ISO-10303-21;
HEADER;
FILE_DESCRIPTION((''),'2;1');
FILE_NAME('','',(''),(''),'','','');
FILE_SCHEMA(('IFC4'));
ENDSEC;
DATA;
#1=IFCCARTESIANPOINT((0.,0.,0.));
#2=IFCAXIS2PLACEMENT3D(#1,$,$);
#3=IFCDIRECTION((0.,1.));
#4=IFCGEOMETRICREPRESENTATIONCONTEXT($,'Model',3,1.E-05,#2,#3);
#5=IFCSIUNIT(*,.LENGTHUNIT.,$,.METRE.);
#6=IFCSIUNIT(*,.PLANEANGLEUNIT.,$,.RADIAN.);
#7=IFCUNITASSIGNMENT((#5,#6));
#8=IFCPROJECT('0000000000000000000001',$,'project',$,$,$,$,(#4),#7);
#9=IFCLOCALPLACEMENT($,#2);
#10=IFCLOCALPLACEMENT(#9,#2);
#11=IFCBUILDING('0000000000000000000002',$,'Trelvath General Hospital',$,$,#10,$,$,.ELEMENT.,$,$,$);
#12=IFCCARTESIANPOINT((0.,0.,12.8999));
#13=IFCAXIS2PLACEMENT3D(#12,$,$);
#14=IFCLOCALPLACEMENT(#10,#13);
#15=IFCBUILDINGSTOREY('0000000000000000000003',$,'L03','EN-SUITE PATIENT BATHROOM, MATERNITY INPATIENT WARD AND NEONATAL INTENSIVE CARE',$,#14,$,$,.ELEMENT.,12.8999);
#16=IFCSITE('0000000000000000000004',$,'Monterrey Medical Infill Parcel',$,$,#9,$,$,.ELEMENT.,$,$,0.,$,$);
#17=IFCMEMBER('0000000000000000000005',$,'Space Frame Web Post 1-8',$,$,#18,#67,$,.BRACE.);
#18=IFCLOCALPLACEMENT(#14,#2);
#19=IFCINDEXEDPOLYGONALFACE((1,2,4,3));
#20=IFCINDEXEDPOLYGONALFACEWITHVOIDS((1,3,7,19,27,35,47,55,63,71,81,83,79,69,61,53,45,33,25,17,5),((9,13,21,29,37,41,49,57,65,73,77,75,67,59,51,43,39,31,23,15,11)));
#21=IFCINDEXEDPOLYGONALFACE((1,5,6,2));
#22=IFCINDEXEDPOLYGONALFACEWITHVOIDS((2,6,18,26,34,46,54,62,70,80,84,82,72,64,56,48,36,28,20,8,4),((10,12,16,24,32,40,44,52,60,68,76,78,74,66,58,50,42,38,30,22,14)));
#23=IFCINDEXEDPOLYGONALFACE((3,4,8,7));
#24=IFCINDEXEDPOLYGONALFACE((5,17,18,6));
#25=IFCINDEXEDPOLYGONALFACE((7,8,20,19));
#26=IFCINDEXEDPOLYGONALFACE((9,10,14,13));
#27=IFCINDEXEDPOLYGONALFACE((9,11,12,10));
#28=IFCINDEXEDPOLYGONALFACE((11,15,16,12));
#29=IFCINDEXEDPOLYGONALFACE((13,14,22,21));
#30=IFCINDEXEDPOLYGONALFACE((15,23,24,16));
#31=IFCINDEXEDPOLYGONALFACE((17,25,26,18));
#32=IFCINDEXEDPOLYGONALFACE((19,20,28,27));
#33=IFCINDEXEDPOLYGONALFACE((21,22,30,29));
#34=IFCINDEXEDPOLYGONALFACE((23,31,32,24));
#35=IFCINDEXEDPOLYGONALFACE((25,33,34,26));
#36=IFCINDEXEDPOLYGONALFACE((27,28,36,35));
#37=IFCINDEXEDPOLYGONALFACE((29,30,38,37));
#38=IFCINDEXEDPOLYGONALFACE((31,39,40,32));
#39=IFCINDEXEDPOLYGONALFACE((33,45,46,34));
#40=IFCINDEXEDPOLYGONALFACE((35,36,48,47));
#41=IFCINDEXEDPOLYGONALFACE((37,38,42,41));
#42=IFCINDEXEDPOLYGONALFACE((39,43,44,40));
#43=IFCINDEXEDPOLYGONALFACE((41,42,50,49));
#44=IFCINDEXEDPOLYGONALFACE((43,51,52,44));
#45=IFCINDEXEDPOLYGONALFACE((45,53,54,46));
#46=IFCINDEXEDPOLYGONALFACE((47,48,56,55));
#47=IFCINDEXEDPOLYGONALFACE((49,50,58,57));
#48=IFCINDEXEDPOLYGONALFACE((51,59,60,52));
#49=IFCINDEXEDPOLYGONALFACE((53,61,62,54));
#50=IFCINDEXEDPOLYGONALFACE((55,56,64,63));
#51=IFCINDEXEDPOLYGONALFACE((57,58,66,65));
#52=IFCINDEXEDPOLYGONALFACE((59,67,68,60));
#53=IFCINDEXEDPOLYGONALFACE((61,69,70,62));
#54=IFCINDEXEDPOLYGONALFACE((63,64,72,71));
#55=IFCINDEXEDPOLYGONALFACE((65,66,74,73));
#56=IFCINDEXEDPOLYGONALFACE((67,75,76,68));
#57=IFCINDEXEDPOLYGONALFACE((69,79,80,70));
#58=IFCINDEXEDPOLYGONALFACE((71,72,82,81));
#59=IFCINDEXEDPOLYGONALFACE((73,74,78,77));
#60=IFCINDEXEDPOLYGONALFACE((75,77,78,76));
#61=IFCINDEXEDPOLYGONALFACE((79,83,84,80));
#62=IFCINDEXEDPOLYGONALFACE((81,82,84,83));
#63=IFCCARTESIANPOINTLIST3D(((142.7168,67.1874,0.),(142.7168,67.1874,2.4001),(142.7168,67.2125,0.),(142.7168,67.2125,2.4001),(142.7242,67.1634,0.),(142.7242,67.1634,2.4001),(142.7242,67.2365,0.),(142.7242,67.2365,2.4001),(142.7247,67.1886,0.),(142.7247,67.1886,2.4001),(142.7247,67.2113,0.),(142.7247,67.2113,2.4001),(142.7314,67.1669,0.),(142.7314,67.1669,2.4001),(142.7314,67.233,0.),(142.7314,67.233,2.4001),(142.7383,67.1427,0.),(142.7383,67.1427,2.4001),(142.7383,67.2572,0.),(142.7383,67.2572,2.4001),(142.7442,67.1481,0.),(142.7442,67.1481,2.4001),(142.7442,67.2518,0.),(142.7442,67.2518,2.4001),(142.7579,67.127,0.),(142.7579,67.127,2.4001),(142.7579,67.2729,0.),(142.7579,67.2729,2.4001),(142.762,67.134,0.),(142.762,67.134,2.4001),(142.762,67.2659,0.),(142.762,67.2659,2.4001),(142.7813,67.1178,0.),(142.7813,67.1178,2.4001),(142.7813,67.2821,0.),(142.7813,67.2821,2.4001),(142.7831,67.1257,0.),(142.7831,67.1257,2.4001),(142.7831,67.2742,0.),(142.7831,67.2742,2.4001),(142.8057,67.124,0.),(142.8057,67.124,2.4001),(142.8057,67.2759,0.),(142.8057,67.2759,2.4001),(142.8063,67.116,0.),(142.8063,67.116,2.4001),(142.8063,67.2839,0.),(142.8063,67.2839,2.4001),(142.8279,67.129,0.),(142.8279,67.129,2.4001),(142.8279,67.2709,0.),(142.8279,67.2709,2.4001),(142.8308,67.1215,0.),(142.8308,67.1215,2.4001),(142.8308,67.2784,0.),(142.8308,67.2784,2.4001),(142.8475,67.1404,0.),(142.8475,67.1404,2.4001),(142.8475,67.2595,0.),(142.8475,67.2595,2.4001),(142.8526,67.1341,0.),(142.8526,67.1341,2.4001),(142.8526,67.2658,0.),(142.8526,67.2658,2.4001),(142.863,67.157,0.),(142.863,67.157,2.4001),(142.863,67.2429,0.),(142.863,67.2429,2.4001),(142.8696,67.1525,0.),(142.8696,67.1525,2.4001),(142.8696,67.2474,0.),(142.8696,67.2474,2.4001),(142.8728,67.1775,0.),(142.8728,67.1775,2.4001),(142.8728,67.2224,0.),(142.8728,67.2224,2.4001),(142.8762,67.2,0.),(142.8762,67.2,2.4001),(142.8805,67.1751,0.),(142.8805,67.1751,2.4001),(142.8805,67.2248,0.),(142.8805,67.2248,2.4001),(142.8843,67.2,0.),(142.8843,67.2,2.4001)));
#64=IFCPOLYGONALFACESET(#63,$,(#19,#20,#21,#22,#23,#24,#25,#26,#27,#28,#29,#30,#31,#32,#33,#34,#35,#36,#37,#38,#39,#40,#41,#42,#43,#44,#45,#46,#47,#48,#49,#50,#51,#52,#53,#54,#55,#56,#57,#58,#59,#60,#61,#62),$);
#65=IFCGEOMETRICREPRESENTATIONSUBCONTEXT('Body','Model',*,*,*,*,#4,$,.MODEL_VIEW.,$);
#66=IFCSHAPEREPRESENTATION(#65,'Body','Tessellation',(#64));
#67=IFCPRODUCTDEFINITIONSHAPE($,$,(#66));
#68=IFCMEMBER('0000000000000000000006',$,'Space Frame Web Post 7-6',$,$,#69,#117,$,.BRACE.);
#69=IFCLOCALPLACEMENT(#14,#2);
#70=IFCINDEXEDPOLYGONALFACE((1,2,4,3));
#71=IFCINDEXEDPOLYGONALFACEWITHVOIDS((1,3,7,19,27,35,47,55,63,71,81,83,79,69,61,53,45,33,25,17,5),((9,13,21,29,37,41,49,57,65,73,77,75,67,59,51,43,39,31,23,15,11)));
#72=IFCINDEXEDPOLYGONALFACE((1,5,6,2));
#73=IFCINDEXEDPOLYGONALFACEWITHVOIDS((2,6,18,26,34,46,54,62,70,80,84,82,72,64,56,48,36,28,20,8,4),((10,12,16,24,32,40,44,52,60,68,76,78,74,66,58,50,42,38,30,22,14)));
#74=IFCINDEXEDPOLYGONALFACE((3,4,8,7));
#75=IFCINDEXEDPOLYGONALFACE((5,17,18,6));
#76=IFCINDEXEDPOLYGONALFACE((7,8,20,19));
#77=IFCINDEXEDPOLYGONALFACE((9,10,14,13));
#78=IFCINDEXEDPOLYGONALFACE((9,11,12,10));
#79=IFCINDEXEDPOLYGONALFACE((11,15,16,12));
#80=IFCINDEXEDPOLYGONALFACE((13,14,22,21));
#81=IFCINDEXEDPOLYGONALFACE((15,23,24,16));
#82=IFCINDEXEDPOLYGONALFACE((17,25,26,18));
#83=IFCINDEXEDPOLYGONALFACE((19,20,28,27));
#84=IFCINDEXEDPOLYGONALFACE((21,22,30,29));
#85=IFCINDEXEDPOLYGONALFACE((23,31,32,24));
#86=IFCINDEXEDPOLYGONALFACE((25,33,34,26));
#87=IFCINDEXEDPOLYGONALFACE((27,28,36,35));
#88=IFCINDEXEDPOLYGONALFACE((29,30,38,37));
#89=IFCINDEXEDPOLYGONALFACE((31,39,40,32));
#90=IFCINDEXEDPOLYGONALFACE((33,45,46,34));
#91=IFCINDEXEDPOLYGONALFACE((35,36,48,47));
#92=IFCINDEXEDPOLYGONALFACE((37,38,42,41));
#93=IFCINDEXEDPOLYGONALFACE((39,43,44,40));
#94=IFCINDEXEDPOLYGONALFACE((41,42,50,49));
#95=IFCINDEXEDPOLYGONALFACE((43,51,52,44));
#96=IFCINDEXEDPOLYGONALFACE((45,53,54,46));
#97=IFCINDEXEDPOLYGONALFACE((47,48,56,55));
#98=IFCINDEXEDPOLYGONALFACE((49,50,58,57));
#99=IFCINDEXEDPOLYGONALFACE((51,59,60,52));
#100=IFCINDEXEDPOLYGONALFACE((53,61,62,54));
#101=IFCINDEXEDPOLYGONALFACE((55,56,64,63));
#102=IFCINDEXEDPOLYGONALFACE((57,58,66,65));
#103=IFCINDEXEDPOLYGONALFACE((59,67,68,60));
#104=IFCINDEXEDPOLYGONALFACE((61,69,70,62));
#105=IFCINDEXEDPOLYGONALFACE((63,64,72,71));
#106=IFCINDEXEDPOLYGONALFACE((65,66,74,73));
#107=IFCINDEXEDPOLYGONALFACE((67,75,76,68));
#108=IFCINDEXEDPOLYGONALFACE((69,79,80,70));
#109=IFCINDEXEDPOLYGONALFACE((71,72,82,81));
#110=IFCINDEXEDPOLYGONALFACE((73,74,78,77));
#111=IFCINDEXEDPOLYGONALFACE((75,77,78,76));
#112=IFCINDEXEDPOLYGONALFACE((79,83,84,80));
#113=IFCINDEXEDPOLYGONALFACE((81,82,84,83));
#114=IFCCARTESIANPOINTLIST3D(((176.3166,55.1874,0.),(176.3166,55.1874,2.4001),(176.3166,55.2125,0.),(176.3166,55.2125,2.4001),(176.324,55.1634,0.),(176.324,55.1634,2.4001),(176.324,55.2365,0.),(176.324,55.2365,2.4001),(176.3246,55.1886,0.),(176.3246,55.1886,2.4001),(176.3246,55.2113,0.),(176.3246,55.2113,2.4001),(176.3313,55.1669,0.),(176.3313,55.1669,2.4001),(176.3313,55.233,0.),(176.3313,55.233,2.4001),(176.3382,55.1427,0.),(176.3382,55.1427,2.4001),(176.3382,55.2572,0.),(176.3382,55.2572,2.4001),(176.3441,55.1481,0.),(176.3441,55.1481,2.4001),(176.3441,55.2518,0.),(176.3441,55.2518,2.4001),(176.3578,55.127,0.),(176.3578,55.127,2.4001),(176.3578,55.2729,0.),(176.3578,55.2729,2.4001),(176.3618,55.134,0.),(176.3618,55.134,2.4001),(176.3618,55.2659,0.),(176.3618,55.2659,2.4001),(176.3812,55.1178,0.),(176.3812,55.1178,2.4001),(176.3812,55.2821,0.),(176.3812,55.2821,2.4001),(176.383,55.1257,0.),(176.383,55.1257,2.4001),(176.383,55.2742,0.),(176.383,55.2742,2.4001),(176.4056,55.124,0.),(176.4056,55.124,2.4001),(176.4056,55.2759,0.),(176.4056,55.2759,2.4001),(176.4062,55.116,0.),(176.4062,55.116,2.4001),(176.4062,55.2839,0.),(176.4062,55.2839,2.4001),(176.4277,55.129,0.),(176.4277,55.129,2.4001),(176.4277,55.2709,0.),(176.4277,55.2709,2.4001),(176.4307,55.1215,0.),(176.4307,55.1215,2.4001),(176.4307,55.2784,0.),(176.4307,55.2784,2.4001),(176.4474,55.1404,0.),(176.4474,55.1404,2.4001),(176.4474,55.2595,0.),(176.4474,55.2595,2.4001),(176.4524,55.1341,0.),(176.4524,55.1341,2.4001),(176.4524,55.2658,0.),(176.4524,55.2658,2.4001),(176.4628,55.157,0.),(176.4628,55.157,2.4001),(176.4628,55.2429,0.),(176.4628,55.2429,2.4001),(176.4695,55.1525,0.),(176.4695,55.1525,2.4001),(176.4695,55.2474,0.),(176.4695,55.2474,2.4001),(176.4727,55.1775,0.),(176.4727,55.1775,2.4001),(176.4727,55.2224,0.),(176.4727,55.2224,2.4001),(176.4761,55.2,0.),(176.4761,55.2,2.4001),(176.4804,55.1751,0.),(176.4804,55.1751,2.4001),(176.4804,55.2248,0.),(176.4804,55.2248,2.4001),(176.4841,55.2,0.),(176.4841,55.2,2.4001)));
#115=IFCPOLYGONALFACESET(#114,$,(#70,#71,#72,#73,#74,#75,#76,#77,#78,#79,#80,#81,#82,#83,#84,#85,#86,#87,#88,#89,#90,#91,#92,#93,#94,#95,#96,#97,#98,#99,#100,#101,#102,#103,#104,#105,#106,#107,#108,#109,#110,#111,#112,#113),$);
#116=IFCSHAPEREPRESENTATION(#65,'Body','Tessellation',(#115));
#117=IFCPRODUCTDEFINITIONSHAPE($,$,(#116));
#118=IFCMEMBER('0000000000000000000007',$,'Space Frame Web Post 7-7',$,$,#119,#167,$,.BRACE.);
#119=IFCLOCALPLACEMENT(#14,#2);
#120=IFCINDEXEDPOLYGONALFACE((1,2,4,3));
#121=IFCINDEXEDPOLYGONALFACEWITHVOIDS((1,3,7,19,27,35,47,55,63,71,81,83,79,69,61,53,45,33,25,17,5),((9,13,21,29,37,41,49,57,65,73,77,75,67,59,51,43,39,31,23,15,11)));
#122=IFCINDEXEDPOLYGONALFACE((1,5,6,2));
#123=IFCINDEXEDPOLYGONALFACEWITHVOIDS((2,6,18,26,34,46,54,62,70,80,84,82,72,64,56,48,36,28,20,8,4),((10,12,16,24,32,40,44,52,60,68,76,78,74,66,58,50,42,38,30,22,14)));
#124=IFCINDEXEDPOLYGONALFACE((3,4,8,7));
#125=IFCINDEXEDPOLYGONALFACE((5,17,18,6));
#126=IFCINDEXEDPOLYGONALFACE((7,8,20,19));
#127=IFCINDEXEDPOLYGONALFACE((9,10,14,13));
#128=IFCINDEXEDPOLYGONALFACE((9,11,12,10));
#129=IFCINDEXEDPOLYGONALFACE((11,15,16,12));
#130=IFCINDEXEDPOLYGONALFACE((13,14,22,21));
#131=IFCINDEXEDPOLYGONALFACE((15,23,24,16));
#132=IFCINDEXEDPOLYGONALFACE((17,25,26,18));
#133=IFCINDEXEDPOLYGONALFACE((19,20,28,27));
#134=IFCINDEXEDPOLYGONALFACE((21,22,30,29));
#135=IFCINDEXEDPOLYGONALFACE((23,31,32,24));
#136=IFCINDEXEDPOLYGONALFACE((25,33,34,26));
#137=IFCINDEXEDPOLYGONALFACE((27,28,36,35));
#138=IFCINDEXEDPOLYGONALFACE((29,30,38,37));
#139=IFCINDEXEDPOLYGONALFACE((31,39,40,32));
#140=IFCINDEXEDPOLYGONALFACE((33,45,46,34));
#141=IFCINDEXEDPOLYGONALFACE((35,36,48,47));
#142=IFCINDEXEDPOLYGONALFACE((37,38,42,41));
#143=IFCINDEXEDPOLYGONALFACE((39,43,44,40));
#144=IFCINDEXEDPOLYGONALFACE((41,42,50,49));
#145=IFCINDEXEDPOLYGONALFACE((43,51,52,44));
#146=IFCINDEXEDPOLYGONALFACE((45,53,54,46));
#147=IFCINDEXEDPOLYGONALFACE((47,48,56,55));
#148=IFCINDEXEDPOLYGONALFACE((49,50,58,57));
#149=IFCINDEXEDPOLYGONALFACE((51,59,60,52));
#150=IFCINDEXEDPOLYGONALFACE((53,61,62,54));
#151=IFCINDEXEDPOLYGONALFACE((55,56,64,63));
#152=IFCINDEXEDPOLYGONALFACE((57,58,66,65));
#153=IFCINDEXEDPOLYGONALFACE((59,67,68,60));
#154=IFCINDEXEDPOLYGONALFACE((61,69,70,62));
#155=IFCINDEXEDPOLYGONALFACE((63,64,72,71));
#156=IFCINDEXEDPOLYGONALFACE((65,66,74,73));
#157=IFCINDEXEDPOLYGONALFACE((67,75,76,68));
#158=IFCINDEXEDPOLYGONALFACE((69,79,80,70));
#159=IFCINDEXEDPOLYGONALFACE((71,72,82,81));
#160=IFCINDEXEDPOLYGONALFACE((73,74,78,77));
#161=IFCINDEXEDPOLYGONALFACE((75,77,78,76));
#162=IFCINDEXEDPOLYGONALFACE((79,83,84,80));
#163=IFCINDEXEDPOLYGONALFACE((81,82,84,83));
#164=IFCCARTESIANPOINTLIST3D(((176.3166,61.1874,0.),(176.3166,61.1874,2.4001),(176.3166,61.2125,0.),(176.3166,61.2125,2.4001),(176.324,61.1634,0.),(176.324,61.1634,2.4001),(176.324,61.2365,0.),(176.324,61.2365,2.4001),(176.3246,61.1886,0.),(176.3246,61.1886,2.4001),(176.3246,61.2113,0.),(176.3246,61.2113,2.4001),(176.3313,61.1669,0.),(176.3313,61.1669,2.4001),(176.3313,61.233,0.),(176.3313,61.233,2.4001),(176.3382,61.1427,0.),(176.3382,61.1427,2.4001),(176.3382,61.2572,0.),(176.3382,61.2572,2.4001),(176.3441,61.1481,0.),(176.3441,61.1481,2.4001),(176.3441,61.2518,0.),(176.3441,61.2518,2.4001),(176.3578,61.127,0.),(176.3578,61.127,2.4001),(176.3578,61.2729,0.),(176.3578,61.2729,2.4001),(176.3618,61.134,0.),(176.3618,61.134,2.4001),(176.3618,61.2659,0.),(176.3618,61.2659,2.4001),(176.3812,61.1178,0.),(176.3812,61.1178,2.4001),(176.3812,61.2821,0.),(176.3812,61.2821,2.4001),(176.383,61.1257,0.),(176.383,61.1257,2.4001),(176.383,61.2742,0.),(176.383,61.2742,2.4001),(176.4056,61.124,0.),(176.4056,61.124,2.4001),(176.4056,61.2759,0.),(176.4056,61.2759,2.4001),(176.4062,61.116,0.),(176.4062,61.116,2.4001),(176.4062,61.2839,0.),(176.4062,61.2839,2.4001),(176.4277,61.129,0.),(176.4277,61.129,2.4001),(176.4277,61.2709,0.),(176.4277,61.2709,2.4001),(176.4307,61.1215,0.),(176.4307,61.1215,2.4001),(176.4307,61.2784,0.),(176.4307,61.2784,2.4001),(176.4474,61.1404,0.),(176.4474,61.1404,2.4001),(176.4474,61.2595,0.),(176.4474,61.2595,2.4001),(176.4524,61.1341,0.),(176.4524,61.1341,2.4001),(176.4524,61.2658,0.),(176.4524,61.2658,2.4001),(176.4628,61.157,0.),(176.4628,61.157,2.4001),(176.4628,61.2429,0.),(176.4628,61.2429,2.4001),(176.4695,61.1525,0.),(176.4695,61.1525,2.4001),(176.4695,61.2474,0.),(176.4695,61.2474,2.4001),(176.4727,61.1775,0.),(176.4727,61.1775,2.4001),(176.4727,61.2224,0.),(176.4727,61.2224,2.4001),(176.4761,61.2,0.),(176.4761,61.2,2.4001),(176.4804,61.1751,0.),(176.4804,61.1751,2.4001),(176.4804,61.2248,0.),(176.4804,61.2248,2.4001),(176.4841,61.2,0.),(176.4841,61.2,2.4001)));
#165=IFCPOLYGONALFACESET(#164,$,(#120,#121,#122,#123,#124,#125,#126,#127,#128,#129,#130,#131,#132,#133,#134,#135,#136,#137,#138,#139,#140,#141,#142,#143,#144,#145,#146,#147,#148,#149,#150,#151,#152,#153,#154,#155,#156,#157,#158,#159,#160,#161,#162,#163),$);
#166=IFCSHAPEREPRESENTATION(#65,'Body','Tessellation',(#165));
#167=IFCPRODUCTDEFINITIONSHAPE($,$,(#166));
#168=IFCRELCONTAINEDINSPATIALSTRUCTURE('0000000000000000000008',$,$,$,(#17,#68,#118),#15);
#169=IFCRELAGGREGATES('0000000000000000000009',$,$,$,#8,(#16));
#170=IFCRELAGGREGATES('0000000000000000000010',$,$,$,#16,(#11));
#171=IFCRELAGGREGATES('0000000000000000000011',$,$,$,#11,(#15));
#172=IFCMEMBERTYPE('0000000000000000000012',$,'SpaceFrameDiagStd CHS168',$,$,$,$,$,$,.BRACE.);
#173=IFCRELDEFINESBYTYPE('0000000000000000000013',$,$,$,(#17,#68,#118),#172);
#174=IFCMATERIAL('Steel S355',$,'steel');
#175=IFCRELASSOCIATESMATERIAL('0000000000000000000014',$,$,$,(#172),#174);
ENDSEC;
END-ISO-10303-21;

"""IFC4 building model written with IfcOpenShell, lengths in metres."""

from ifc_helpers import new_model, si_unit, direction, frame, origin, origin_2d, place, context, subcontext, project, spatial, hollow_circle, extrude, material, material_profile, profile_set, type_object, element, save


model = new_model("IFC4")

# Units and contexts
model_context = context("Model", 3, precision=1e-05, world=origin(), true_north=direction((0.0, 1.0)))
body_context = subcontext(model_context, "Body", "Model", "MODEL_VIEW")
ifc_project = project(units=[si_unit("LENGTHUNIT", "METRE"), si_unit("PLANEANGLEUNIT", "RADIAN")], contexts=[model_context])

# Site, building, storey
site_placement = place(None, origin())
site = spatial("IfcSite", under=ifc_project, at=site_placement, Name="Monterrey Medical Infill Parcel", CompositionType="ELEMENT", RefElevation=0.0)
building_placement = place(site_placement, origin())
building = spatial("IfcBuilding", under=site, at=building_placement, Name="Trelvath General Hospital", CompositionType="ELEMENT")
storey_placement = place(building_placement, frame((0.0, 0.0, 12.8999)))
storey = spatial("IfcBuildingStorey", under=building, at=storey_placement, Name="L03", Description="EN-SUITE PATIENT BATHROOM, MATERNITY INPATIENT WARD AND NEONATAL INTENSIVE CARE", CompositionType="ELEMENT", Elevation=12.8999)

# Members
ifc_material_1 = material(Name="Steel S355", Category="steel")
ifc_material_profile_1 = material_profile(ifc_material_1, hollow_circle(Radius=0.0842, WallThickness=0.0081, at=origin_2d()), Name="CHS168.3x8.0")
ifc_profile_set_1 = profile_set([ifc_material_profile_1], Name="Steel S355")
member_type_1 = type_object("IfcMemberType", Name="SpaceFrameDiagStd CHS168", PredefinedType="BRACE", material=ifc_profile_set_1)
for number, where, z_axis, x_axis, name in (
    (1, (142.8, 67.2, 0.0), (0.0, 0.0, 1.0), (1.0, 0.0, 0.0), "Space Frame Web Post 1-8"),
    (2, (176.3999, 55.2, 0.0), (0.0, 0.0, 1.0), (1.0, 0.0, 0.0), "Space Frame Web Post 7-6"),
    (3, (176.3999, 61.2, 0.0), (0.0, 0.0, 1.0), (1.0, 0.0, 0.0), "Space Frame Web Post 7-7"),
):
    element("IfcMember", number, at=place(storey_placement, frame(where, z_axis=z_axis, x_axis=x_axis)), inside=storey, type_object=member_type_1, Name=name, PredefinedType="BRACE", context=body_context, shape_type="SweptSolid", body=[
        extrude(hollow_circle(Radius=0.0842, WallThickness=0.0081, at=origin_2d()), origin(), (0.0, 0.0, 1.0), 2.4001),
    ])

save(model, "model.ifc")
